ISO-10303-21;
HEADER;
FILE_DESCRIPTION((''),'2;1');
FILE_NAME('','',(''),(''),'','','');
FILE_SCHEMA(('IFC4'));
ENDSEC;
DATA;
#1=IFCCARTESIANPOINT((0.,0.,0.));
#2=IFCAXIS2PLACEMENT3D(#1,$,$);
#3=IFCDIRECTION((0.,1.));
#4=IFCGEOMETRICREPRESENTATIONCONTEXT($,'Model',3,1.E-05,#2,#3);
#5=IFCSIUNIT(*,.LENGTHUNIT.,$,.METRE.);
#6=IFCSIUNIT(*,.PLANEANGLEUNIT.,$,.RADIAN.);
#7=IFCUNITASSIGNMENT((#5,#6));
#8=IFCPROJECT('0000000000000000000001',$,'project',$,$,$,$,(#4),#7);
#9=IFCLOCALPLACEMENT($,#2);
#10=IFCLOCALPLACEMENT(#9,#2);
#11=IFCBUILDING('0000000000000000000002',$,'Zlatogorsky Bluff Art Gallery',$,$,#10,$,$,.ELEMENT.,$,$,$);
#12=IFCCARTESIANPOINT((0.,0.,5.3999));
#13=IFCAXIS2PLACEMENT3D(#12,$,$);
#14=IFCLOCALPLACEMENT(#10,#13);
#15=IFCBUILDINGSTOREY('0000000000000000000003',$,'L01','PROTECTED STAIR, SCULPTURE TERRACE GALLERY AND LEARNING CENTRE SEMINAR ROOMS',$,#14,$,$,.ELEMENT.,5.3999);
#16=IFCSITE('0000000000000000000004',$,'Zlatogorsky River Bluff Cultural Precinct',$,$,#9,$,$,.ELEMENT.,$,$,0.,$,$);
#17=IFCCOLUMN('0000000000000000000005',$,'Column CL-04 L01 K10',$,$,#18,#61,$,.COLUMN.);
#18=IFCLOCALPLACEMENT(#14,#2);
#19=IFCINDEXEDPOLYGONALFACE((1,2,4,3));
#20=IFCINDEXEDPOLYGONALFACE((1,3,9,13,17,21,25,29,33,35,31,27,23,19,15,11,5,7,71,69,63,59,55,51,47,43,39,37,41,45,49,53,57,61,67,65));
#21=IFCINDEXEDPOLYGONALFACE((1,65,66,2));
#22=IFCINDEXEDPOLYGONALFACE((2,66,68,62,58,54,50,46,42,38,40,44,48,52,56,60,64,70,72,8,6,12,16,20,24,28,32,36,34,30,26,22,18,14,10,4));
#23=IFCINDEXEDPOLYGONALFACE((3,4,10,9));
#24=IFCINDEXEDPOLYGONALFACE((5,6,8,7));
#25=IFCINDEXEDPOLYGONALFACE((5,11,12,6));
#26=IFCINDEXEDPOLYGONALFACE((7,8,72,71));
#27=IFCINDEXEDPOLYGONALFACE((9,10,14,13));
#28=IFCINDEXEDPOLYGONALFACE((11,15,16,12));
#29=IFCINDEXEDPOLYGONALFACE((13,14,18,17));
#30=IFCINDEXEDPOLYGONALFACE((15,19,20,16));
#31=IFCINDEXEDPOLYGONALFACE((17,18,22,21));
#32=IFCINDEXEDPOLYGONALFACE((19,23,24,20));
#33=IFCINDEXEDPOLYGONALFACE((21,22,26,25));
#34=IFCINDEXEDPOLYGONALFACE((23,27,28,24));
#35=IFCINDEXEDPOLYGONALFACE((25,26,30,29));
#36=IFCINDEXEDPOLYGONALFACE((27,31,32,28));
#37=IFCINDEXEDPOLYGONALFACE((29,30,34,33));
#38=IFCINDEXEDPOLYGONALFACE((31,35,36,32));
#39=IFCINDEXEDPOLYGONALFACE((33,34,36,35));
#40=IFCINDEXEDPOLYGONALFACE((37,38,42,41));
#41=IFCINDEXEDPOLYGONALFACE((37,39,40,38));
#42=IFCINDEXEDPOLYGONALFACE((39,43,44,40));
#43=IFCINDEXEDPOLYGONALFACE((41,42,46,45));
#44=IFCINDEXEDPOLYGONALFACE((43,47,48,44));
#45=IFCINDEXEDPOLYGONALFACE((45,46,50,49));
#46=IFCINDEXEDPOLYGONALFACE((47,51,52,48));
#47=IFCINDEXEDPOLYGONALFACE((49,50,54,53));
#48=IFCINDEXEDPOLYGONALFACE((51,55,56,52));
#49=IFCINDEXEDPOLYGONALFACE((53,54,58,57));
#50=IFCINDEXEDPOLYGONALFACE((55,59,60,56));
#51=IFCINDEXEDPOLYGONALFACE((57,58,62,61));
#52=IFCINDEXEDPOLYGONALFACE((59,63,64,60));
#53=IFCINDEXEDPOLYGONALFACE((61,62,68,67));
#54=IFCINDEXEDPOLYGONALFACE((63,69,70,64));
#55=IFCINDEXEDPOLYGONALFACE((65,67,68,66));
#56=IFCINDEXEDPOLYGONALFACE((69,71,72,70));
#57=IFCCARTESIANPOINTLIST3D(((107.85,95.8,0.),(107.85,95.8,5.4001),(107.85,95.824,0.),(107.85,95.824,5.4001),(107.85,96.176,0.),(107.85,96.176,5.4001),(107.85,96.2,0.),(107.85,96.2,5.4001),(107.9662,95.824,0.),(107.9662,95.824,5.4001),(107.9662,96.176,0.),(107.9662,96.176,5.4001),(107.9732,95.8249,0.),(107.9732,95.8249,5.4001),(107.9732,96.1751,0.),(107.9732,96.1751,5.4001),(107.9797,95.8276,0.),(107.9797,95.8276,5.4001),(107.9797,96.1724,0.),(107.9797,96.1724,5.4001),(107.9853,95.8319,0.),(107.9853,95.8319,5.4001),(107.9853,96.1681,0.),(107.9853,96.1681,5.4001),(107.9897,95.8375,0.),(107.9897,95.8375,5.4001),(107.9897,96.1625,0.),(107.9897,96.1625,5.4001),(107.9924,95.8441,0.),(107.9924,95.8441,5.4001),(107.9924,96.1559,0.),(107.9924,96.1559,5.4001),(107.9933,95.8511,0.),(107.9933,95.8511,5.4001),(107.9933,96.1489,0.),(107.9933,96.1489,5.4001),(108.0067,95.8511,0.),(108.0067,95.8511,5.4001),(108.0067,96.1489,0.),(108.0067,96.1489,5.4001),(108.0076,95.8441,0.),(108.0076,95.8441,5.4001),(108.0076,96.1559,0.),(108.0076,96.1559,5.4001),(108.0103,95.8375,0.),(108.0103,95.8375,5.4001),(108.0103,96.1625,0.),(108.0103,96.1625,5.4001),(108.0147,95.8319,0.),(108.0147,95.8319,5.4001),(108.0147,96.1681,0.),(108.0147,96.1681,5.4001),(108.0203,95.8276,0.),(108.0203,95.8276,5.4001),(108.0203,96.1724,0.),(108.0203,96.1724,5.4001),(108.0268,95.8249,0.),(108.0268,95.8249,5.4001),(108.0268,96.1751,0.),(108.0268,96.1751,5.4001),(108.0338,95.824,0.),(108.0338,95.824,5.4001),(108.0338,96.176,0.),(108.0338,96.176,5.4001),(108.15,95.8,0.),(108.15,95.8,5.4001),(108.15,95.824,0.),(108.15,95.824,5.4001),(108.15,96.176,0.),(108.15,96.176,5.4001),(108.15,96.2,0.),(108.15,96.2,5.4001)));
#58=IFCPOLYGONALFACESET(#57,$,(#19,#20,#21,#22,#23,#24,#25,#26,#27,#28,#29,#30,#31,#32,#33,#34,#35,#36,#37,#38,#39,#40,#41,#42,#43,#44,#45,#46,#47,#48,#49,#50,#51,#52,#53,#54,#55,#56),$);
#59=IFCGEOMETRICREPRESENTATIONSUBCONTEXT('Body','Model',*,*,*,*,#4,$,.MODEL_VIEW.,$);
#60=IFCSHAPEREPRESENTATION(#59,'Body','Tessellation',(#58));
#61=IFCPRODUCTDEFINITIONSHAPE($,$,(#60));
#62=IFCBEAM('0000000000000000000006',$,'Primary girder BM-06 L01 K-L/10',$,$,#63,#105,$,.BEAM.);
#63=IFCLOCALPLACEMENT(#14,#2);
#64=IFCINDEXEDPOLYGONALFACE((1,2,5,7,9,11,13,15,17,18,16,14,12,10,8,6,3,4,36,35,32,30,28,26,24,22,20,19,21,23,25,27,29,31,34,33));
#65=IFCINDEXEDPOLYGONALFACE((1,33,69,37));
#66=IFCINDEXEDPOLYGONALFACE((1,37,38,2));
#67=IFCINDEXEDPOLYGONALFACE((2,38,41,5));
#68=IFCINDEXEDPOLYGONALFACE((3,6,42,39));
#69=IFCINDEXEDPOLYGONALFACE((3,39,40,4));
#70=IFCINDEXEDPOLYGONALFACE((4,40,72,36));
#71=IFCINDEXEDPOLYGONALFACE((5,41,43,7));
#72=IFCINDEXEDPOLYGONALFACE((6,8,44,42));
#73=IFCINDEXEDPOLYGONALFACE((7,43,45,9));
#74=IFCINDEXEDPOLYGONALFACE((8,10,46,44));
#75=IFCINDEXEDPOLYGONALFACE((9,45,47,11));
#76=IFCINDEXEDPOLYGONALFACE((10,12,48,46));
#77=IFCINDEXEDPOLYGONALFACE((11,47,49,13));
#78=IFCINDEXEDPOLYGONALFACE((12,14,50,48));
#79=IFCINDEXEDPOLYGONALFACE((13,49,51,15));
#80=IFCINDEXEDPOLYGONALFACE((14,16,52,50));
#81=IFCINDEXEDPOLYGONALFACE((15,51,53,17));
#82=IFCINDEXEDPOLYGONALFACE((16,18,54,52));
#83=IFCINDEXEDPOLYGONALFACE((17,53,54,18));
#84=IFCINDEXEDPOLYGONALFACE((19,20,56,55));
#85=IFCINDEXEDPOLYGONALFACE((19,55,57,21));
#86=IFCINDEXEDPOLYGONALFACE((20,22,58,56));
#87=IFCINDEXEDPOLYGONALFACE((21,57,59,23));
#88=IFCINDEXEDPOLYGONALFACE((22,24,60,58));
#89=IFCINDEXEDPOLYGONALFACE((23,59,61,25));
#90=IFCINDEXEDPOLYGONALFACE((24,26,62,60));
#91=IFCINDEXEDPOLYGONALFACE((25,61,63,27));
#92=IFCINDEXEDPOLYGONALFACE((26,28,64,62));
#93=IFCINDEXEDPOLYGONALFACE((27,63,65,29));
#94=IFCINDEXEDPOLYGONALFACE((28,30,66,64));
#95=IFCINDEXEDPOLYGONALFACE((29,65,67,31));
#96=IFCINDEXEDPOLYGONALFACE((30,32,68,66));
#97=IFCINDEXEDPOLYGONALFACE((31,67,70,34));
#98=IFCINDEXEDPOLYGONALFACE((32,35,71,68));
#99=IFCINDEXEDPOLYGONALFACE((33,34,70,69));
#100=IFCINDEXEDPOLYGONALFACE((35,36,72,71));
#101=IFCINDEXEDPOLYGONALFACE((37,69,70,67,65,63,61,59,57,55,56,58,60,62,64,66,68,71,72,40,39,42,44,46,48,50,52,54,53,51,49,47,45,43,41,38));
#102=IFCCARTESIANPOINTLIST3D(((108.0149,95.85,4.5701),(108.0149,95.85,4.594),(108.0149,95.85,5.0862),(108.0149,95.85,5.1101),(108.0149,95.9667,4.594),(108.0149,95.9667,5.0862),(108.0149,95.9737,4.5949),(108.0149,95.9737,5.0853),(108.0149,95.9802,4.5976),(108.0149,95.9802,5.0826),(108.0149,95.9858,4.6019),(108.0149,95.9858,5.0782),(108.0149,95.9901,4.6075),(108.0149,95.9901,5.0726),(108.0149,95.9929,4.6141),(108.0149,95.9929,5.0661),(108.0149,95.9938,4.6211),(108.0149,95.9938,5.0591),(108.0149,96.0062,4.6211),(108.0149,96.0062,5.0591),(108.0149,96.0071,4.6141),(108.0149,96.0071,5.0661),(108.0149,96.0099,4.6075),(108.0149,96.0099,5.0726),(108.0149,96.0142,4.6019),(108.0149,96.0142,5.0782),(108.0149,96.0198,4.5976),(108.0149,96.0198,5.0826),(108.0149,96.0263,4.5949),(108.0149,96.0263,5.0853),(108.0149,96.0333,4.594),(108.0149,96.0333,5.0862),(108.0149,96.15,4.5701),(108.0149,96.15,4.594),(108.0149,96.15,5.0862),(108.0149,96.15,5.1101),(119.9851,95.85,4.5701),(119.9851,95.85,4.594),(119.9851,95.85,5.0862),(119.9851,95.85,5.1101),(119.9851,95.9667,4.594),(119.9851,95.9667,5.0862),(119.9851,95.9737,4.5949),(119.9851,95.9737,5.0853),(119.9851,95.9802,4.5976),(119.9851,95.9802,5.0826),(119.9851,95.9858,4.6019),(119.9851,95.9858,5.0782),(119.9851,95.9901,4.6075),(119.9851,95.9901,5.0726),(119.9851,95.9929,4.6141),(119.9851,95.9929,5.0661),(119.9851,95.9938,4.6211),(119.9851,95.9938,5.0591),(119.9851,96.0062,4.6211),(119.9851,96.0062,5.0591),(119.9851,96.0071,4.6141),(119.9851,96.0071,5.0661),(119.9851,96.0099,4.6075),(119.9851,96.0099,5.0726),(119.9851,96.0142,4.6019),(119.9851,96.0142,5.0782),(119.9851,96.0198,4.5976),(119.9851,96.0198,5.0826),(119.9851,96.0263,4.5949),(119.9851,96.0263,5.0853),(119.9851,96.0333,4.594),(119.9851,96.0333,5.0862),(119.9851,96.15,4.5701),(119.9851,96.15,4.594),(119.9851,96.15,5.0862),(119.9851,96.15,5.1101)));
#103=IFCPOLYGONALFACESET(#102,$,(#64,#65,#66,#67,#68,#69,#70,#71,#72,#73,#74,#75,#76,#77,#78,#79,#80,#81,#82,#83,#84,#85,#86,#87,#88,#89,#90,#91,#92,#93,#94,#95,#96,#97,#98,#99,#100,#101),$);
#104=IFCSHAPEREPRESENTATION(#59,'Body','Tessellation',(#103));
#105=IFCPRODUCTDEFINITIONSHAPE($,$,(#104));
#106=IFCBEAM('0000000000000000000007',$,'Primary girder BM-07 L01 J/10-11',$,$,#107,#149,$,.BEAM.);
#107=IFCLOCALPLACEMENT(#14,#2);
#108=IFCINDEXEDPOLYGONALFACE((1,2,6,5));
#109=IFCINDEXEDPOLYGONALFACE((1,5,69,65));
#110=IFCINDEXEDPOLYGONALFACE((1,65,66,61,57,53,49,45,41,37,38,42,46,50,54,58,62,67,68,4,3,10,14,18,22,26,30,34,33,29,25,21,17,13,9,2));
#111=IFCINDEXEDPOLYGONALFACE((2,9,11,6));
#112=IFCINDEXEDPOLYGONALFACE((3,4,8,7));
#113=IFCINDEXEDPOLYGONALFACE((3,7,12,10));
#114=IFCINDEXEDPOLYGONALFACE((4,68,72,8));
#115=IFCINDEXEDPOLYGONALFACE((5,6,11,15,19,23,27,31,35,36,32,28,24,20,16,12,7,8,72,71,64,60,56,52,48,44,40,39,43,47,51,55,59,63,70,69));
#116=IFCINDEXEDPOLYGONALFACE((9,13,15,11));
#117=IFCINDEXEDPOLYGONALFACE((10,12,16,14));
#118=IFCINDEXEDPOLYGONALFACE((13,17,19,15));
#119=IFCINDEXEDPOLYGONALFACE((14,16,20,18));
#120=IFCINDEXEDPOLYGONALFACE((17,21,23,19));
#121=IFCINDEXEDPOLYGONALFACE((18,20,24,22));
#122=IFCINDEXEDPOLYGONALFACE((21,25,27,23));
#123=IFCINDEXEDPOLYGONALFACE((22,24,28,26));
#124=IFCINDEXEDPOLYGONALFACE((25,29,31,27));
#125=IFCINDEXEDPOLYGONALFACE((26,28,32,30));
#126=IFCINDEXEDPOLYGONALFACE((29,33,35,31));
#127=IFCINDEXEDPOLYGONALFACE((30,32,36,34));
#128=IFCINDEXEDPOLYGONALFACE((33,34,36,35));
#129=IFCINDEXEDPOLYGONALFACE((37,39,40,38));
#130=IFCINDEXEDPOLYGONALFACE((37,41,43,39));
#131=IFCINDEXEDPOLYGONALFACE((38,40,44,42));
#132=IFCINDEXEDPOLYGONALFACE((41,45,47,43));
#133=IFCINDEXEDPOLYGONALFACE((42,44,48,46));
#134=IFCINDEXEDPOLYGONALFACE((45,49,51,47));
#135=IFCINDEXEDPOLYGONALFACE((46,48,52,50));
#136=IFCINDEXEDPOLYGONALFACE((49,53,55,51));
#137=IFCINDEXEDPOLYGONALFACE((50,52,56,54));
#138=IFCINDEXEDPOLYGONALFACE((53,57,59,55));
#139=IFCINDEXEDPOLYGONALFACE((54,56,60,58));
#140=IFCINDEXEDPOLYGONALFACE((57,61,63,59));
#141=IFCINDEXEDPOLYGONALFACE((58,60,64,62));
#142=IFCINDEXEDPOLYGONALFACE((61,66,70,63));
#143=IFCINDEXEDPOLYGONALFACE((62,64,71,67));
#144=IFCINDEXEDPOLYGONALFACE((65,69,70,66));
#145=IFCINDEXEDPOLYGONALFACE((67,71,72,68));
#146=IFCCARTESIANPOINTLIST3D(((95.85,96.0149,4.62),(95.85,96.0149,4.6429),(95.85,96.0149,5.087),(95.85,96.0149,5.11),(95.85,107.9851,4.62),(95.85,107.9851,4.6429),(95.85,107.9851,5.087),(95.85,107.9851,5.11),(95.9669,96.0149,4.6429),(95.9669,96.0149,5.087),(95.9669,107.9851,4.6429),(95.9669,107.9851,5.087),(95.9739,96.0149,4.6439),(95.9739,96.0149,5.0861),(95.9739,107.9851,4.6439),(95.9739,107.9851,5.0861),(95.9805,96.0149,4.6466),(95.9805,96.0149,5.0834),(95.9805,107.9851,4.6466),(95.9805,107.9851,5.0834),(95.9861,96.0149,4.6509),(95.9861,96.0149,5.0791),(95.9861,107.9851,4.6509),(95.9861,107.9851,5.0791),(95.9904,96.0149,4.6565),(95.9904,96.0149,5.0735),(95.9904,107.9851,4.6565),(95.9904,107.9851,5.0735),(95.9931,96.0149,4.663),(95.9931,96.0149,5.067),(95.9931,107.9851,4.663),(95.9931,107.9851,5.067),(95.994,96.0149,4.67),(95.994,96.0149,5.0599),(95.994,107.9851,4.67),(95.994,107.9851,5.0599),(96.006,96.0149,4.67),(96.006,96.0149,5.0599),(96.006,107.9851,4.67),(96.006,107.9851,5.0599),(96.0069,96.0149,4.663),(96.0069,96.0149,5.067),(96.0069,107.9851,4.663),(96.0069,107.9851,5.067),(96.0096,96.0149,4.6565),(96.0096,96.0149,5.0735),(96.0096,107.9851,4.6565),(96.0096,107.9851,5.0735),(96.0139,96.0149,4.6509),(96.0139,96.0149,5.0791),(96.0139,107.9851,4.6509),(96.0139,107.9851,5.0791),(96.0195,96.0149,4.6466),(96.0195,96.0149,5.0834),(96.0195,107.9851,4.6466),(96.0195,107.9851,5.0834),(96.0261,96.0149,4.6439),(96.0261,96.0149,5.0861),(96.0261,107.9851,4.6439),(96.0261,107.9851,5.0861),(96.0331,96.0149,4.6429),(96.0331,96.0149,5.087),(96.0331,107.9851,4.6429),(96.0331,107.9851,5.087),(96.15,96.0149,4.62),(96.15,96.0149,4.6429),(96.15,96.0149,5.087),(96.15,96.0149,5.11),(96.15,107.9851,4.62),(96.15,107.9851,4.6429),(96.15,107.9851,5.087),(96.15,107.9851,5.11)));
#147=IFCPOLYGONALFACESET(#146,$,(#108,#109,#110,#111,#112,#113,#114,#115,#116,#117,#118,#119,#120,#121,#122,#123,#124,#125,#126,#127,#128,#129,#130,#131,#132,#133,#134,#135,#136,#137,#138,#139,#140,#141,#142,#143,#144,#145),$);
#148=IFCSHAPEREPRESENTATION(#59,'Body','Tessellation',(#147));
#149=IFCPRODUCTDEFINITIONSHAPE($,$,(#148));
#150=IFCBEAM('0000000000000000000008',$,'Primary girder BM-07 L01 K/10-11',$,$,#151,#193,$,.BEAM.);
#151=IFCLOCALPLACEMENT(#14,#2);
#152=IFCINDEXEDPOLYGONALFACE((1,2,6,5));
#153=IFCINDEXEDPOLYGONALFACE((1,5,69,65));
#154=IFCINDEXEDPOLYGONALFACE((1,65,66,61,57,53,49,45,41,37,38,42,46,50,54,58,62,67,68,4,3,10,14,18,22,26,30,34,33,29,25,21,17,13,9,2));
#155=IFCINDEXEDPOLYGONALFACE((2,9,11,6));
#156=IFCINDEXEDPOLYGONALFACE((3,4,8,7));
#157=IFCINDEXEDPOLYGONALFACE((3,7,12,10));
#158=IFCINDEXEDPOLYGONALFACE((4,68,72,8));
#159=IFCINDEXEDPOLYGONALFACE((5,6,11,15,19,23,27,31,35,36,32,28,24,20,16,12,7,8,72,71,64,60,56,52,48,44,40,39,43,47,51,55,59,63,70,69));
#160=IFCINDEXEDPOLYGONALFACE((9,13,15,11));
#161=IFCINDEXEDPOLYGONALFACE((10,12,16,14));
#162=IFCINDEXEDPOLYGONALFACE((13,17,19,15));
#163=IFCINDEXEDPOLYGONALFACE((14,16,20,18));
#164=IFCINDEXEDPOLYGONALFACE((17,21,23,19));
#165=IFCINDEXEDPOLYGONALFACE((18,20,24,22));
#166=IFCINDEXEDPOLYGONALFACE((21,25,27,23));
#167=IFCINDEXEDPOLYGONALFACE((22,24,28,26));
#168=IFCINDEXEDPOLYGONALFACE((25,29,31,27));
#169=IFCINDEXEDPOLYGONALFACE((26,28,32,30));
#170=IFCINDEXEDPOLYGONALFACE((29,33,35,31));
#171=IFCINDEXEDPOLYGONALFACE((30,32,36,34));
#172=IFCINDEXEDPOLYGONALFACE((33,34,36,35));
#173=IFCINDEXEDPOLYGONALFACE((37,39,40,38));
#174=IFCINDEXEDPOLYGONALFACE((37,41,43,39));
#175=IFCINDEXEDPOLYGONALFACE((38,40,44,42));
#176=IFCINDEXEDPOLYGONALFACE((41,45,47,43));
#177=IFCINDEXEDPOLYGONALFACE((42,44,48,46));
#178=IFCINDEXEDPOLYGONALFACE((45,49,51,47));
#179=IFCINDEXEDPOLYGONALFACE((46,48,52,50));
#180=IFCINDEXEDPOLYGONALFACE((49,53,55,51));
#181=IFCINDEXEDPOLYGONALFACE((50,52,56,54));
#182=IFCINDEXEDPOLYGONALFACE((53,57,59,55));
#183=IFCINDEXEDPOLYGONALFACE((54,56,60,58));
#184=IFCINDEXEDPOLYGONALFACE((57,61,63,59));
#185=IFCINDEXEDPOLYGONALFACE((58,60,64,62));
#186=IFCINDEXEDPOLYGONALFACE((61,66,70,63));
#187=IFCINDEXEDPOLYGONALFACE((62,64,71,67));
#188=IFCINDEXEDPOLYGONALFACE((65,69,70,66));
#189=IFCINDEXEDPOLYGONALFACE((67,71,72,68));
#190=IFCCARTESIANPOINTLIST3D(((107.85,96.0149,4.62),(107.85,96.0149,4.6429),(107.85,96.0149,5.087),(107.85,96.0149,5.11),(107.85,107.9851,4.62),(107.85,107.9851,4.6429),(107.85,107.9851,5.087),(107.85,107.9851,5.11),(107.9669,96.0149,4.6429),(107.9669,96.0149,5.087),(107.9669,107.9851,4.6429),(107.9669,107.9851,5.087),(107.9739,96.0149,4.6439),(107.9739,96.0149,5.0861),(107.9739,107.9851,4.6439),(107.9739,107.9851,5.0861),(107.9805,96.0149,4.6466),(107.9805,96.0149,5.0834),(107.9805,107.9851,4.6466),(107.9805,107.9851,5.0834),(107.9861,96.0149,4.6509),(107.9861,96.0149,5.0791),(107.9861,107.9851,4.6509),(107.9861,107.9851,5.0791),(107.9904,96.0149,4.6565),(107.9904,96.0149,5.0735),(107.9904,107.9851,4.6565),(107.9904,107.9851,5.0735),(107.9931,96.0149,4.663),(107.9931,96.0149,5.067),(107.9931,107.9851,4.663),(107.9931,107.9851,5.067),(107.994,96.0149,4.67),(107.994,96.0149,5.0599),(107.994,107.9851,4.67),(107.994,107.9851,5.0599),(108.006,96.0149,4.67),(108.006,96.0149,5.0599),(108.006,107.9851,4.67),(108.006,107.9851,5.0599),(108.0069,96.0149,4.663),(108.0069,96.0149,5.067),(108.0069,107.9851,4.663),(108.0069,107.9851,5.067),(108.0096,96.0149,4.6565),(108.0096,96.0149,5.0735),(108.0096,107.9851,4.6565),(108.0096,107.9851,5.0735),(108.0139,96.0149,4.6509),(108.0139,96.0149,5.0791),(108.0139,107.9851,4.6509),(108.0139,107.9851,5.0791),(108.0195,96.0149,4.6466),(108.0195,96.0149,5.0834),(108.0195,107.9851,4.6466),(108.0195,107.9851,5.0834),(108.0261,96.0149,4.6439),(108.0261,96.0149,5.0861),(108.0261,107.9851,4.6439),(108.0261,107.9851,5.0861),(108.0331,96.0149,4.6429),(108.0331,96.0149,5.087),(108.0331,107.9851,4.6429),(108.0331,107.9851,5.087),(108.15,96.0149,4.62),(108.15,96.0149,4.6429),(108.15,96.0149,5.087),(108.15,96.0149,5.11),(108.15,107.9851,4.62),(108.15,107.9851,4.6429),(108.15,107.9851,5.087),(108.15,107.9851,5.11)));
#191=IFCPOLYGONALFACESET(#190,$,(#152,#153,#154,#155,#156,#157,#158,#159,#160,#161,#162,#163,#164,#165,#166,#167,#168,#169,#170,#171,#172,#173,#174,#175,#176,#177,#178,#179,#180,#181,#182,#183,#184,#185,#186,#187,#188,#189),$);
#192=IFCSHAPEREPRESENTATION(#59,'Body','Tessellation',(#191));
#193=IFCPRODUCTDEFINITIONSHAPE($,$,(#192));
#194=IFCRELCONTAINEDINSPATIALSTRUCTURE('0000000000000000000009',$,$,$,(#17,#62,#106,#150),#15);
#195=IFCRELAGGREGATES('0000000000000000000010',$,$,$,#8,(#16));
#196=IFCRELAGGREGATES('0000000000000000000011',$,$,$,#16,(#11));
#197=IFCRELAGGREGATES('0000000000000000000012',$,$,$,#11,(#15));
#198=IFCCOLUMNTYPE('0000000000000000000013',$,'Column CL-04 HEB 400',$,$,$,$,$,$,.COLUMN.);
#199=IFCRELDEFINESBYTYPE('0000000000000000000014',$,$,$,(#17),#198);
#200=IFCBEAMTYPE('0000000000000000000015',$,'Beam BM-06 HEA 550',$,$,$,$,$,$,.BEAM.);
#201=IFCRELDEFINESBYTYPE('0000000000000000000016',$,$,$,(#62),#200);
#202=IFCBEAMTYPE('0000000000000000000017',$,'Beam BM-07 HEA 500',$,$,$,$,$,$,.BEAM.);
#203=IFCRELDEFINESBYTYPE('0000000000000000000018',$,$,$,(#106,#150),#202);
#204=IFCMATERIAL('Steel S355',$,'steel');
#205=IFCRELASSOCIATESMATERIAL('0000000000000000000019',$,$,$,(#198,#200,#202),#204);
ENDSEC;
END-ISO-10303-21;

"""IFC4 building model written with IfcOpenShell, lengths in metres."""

from ifc_helpers import new_model, si_unit, direction, frame, origin, origin_2d, place, context, subcontext, project, spatial, i_section, extrude, material, material_profile, profile_set, type_object, element, save


model = new_model("IFC4")

# Units and contexts
model_context = context("Model", 3, precision=1e-05, world=origin(), true_north=direction((0.0, 1.0)))
body_context = subcontext(model_context, "Body", "Model", "MODEL_VIEW")
ifc_project = project(units=[si_unit("LENGTHUNIT", "METRE"), si_unit("PLANEANGLEUNIT", "RADIAN")], contexts=[model_context])

# Site, building, storey
site_placement = place(None, origin())
site = spatial("IfcSite", under=ifc_project, at=site_placement, Name="Zlatogorsky River Bluff Cultural Precinct", CompositionType="ELEMENT", RefElevation=0.0)
building_placement = place(site_placement, origin())
building = spatial("IfcBuilding", under=site, at=building_placement, Name="Zlatogorsky Bluff Art Gallery", CompositionType="ELEMENT")
storey_placement = place(building_placement, frame((0.0, 0.0, 5.3999)))
storey = spatial("IfcBuildingStorey", under=building, at=storey_placement, Name="L01", Description="PROTECTED STAIR, SCULPTURE TERRACE GALLERY AND LEARNING CENTRE SEMINAR ROOMS", CompositionType="ELEMENT", Elevation=5.3999)

# Column
ifc_material_1 = material(Name="Steel S355", Category="steel")
ifc_material_profile_1 = material_profile(ifc_material_1, i_section(OverallWidth=0.3, OverallDepth=0.3999, WebThickness=0.0134, FlangeThickness=0.0239, FilletRadius=0.0271, at=origin_2d()), Name="HEB 400")
ifc_profile_set_1 = profile_set([ifc_material_profile_1], Name="Steel S355")
column_type = type_object("IfcColumnType", Name="Column CL-04 HEB 400", PredefinedType="COLUMN", material=ifc_profile_set_1)
column_placement = place(storey_placement, frame((108.0, 96.0, 0.0), z_axis=(0.0, 0.0, 1.0), x_axis=(1.0, 0.0, 0.0)))
element("IfcColumn", 1, at=column_placement, inside=storey, type_object=column_type, Name="Column CL-04 L01 K10", PredefinedType="COLUMN", context=body_context, shape_type="SweptSolid", body=[
    extrude(i_section(OverallWidth=0.3, OverallDepth=0.3999, WebThickness=0.0134, FlangeThickness=0.0239, FilletRadius=0.0271, at=origin_2d()), origin(), (0.0, 0.0, 1.0), 5.4001),
])

# Beams
ifc_material_profile_2 = material_profile(ifc_material_1, i_section(OverallWidth=0.3, OverallDepth=0.54, WebThickness=0.0125, FlangeThickness=0.0239, FilletRadius=0.0271, at=origin_2d()), Name="HEA 550")
ifc_profile_set_2 = profile_set([ifc_material_profile_2], Name="Steel S355")
beam_type_1 = type_object("IfcBeamType", Name="Beam BM-06 HEA 550", PredefinedType="BEAM", material=ifc_profile_set_2)
beam_placement = place(storey_placement, frame((108.0149, 96.0, 4.8401), z_axis=(1.0, 0.0, 0.0), x_axis=(0.0, 1.0, 0.0)))
element("IfcBeam", 2, at=beam_placement, inside=storey, type_object=beam_type_1, Name="Primary girder BM-06 L01 K-L/10", PredefinedType="BEAM", context=body_context, shape_type="SweptSolid", body=[
    extrude(i_section(OverallWidth=0.3, OverallDepth=0.54, WebThickness=0.0125, FlangeThickness=0.0239, FilletRadius=0.0271, at=origin_2d()), origin(), (0.0, 0.0, 1.0), 11.9702),
])
ifc_material_profile_3 = material_profile(ifc_material_1, i_section(OverallWidth=0.3, OverallDepth=0.49, WebThickness=0.012, FlangeThickness=0.0229, FilletRadius=0.0271, at=origin_2d()), Name="HEA 500")
ifc_profile_set_3 = profile_set([ifc_material_profile_3], Name="Steel S355")
beam_type_2 = type_object("IfcBeamType", Name="Beam BM-07 HEA 500", PredefinedType="BEAM", material=ifc_profile_set_3)
for number, where, z_axis, x_axis, name in (
    (3, (96.0, 96.0149, 4.865), (0.0, 1.0, 0.0), (-1.0, 0.0, 0.0), "Primary girder BM-07 L01 J/10-11"),
    (4, (108.0, 96.0149, 4.865), (0.0, 1.0, 0.0), (-1.0, 0.0, 0.0), "Primary girder BM-07 L01 K/10-11"),
):
    element("IfcBeam", number, at=place(storey_placement, frame(where, z_axis=z_axis, x_axis=x_axis)), inside=storey, type_object=beam_type_2, Name=name, PredefinedType="BEAM", context=body_context, shape_type="SweptSolid", body=[
        extrude(i_section(OverallWidth=0.3, OverallDepth=0.49, WebThickness=0.012, FlangeThickness=0.0229, FilletRadius=0.0271, at=origin_2d()), origin(), (0.0, 0.0, 1.0), 11.9702),
    ])

save(model, "model.ifc")
